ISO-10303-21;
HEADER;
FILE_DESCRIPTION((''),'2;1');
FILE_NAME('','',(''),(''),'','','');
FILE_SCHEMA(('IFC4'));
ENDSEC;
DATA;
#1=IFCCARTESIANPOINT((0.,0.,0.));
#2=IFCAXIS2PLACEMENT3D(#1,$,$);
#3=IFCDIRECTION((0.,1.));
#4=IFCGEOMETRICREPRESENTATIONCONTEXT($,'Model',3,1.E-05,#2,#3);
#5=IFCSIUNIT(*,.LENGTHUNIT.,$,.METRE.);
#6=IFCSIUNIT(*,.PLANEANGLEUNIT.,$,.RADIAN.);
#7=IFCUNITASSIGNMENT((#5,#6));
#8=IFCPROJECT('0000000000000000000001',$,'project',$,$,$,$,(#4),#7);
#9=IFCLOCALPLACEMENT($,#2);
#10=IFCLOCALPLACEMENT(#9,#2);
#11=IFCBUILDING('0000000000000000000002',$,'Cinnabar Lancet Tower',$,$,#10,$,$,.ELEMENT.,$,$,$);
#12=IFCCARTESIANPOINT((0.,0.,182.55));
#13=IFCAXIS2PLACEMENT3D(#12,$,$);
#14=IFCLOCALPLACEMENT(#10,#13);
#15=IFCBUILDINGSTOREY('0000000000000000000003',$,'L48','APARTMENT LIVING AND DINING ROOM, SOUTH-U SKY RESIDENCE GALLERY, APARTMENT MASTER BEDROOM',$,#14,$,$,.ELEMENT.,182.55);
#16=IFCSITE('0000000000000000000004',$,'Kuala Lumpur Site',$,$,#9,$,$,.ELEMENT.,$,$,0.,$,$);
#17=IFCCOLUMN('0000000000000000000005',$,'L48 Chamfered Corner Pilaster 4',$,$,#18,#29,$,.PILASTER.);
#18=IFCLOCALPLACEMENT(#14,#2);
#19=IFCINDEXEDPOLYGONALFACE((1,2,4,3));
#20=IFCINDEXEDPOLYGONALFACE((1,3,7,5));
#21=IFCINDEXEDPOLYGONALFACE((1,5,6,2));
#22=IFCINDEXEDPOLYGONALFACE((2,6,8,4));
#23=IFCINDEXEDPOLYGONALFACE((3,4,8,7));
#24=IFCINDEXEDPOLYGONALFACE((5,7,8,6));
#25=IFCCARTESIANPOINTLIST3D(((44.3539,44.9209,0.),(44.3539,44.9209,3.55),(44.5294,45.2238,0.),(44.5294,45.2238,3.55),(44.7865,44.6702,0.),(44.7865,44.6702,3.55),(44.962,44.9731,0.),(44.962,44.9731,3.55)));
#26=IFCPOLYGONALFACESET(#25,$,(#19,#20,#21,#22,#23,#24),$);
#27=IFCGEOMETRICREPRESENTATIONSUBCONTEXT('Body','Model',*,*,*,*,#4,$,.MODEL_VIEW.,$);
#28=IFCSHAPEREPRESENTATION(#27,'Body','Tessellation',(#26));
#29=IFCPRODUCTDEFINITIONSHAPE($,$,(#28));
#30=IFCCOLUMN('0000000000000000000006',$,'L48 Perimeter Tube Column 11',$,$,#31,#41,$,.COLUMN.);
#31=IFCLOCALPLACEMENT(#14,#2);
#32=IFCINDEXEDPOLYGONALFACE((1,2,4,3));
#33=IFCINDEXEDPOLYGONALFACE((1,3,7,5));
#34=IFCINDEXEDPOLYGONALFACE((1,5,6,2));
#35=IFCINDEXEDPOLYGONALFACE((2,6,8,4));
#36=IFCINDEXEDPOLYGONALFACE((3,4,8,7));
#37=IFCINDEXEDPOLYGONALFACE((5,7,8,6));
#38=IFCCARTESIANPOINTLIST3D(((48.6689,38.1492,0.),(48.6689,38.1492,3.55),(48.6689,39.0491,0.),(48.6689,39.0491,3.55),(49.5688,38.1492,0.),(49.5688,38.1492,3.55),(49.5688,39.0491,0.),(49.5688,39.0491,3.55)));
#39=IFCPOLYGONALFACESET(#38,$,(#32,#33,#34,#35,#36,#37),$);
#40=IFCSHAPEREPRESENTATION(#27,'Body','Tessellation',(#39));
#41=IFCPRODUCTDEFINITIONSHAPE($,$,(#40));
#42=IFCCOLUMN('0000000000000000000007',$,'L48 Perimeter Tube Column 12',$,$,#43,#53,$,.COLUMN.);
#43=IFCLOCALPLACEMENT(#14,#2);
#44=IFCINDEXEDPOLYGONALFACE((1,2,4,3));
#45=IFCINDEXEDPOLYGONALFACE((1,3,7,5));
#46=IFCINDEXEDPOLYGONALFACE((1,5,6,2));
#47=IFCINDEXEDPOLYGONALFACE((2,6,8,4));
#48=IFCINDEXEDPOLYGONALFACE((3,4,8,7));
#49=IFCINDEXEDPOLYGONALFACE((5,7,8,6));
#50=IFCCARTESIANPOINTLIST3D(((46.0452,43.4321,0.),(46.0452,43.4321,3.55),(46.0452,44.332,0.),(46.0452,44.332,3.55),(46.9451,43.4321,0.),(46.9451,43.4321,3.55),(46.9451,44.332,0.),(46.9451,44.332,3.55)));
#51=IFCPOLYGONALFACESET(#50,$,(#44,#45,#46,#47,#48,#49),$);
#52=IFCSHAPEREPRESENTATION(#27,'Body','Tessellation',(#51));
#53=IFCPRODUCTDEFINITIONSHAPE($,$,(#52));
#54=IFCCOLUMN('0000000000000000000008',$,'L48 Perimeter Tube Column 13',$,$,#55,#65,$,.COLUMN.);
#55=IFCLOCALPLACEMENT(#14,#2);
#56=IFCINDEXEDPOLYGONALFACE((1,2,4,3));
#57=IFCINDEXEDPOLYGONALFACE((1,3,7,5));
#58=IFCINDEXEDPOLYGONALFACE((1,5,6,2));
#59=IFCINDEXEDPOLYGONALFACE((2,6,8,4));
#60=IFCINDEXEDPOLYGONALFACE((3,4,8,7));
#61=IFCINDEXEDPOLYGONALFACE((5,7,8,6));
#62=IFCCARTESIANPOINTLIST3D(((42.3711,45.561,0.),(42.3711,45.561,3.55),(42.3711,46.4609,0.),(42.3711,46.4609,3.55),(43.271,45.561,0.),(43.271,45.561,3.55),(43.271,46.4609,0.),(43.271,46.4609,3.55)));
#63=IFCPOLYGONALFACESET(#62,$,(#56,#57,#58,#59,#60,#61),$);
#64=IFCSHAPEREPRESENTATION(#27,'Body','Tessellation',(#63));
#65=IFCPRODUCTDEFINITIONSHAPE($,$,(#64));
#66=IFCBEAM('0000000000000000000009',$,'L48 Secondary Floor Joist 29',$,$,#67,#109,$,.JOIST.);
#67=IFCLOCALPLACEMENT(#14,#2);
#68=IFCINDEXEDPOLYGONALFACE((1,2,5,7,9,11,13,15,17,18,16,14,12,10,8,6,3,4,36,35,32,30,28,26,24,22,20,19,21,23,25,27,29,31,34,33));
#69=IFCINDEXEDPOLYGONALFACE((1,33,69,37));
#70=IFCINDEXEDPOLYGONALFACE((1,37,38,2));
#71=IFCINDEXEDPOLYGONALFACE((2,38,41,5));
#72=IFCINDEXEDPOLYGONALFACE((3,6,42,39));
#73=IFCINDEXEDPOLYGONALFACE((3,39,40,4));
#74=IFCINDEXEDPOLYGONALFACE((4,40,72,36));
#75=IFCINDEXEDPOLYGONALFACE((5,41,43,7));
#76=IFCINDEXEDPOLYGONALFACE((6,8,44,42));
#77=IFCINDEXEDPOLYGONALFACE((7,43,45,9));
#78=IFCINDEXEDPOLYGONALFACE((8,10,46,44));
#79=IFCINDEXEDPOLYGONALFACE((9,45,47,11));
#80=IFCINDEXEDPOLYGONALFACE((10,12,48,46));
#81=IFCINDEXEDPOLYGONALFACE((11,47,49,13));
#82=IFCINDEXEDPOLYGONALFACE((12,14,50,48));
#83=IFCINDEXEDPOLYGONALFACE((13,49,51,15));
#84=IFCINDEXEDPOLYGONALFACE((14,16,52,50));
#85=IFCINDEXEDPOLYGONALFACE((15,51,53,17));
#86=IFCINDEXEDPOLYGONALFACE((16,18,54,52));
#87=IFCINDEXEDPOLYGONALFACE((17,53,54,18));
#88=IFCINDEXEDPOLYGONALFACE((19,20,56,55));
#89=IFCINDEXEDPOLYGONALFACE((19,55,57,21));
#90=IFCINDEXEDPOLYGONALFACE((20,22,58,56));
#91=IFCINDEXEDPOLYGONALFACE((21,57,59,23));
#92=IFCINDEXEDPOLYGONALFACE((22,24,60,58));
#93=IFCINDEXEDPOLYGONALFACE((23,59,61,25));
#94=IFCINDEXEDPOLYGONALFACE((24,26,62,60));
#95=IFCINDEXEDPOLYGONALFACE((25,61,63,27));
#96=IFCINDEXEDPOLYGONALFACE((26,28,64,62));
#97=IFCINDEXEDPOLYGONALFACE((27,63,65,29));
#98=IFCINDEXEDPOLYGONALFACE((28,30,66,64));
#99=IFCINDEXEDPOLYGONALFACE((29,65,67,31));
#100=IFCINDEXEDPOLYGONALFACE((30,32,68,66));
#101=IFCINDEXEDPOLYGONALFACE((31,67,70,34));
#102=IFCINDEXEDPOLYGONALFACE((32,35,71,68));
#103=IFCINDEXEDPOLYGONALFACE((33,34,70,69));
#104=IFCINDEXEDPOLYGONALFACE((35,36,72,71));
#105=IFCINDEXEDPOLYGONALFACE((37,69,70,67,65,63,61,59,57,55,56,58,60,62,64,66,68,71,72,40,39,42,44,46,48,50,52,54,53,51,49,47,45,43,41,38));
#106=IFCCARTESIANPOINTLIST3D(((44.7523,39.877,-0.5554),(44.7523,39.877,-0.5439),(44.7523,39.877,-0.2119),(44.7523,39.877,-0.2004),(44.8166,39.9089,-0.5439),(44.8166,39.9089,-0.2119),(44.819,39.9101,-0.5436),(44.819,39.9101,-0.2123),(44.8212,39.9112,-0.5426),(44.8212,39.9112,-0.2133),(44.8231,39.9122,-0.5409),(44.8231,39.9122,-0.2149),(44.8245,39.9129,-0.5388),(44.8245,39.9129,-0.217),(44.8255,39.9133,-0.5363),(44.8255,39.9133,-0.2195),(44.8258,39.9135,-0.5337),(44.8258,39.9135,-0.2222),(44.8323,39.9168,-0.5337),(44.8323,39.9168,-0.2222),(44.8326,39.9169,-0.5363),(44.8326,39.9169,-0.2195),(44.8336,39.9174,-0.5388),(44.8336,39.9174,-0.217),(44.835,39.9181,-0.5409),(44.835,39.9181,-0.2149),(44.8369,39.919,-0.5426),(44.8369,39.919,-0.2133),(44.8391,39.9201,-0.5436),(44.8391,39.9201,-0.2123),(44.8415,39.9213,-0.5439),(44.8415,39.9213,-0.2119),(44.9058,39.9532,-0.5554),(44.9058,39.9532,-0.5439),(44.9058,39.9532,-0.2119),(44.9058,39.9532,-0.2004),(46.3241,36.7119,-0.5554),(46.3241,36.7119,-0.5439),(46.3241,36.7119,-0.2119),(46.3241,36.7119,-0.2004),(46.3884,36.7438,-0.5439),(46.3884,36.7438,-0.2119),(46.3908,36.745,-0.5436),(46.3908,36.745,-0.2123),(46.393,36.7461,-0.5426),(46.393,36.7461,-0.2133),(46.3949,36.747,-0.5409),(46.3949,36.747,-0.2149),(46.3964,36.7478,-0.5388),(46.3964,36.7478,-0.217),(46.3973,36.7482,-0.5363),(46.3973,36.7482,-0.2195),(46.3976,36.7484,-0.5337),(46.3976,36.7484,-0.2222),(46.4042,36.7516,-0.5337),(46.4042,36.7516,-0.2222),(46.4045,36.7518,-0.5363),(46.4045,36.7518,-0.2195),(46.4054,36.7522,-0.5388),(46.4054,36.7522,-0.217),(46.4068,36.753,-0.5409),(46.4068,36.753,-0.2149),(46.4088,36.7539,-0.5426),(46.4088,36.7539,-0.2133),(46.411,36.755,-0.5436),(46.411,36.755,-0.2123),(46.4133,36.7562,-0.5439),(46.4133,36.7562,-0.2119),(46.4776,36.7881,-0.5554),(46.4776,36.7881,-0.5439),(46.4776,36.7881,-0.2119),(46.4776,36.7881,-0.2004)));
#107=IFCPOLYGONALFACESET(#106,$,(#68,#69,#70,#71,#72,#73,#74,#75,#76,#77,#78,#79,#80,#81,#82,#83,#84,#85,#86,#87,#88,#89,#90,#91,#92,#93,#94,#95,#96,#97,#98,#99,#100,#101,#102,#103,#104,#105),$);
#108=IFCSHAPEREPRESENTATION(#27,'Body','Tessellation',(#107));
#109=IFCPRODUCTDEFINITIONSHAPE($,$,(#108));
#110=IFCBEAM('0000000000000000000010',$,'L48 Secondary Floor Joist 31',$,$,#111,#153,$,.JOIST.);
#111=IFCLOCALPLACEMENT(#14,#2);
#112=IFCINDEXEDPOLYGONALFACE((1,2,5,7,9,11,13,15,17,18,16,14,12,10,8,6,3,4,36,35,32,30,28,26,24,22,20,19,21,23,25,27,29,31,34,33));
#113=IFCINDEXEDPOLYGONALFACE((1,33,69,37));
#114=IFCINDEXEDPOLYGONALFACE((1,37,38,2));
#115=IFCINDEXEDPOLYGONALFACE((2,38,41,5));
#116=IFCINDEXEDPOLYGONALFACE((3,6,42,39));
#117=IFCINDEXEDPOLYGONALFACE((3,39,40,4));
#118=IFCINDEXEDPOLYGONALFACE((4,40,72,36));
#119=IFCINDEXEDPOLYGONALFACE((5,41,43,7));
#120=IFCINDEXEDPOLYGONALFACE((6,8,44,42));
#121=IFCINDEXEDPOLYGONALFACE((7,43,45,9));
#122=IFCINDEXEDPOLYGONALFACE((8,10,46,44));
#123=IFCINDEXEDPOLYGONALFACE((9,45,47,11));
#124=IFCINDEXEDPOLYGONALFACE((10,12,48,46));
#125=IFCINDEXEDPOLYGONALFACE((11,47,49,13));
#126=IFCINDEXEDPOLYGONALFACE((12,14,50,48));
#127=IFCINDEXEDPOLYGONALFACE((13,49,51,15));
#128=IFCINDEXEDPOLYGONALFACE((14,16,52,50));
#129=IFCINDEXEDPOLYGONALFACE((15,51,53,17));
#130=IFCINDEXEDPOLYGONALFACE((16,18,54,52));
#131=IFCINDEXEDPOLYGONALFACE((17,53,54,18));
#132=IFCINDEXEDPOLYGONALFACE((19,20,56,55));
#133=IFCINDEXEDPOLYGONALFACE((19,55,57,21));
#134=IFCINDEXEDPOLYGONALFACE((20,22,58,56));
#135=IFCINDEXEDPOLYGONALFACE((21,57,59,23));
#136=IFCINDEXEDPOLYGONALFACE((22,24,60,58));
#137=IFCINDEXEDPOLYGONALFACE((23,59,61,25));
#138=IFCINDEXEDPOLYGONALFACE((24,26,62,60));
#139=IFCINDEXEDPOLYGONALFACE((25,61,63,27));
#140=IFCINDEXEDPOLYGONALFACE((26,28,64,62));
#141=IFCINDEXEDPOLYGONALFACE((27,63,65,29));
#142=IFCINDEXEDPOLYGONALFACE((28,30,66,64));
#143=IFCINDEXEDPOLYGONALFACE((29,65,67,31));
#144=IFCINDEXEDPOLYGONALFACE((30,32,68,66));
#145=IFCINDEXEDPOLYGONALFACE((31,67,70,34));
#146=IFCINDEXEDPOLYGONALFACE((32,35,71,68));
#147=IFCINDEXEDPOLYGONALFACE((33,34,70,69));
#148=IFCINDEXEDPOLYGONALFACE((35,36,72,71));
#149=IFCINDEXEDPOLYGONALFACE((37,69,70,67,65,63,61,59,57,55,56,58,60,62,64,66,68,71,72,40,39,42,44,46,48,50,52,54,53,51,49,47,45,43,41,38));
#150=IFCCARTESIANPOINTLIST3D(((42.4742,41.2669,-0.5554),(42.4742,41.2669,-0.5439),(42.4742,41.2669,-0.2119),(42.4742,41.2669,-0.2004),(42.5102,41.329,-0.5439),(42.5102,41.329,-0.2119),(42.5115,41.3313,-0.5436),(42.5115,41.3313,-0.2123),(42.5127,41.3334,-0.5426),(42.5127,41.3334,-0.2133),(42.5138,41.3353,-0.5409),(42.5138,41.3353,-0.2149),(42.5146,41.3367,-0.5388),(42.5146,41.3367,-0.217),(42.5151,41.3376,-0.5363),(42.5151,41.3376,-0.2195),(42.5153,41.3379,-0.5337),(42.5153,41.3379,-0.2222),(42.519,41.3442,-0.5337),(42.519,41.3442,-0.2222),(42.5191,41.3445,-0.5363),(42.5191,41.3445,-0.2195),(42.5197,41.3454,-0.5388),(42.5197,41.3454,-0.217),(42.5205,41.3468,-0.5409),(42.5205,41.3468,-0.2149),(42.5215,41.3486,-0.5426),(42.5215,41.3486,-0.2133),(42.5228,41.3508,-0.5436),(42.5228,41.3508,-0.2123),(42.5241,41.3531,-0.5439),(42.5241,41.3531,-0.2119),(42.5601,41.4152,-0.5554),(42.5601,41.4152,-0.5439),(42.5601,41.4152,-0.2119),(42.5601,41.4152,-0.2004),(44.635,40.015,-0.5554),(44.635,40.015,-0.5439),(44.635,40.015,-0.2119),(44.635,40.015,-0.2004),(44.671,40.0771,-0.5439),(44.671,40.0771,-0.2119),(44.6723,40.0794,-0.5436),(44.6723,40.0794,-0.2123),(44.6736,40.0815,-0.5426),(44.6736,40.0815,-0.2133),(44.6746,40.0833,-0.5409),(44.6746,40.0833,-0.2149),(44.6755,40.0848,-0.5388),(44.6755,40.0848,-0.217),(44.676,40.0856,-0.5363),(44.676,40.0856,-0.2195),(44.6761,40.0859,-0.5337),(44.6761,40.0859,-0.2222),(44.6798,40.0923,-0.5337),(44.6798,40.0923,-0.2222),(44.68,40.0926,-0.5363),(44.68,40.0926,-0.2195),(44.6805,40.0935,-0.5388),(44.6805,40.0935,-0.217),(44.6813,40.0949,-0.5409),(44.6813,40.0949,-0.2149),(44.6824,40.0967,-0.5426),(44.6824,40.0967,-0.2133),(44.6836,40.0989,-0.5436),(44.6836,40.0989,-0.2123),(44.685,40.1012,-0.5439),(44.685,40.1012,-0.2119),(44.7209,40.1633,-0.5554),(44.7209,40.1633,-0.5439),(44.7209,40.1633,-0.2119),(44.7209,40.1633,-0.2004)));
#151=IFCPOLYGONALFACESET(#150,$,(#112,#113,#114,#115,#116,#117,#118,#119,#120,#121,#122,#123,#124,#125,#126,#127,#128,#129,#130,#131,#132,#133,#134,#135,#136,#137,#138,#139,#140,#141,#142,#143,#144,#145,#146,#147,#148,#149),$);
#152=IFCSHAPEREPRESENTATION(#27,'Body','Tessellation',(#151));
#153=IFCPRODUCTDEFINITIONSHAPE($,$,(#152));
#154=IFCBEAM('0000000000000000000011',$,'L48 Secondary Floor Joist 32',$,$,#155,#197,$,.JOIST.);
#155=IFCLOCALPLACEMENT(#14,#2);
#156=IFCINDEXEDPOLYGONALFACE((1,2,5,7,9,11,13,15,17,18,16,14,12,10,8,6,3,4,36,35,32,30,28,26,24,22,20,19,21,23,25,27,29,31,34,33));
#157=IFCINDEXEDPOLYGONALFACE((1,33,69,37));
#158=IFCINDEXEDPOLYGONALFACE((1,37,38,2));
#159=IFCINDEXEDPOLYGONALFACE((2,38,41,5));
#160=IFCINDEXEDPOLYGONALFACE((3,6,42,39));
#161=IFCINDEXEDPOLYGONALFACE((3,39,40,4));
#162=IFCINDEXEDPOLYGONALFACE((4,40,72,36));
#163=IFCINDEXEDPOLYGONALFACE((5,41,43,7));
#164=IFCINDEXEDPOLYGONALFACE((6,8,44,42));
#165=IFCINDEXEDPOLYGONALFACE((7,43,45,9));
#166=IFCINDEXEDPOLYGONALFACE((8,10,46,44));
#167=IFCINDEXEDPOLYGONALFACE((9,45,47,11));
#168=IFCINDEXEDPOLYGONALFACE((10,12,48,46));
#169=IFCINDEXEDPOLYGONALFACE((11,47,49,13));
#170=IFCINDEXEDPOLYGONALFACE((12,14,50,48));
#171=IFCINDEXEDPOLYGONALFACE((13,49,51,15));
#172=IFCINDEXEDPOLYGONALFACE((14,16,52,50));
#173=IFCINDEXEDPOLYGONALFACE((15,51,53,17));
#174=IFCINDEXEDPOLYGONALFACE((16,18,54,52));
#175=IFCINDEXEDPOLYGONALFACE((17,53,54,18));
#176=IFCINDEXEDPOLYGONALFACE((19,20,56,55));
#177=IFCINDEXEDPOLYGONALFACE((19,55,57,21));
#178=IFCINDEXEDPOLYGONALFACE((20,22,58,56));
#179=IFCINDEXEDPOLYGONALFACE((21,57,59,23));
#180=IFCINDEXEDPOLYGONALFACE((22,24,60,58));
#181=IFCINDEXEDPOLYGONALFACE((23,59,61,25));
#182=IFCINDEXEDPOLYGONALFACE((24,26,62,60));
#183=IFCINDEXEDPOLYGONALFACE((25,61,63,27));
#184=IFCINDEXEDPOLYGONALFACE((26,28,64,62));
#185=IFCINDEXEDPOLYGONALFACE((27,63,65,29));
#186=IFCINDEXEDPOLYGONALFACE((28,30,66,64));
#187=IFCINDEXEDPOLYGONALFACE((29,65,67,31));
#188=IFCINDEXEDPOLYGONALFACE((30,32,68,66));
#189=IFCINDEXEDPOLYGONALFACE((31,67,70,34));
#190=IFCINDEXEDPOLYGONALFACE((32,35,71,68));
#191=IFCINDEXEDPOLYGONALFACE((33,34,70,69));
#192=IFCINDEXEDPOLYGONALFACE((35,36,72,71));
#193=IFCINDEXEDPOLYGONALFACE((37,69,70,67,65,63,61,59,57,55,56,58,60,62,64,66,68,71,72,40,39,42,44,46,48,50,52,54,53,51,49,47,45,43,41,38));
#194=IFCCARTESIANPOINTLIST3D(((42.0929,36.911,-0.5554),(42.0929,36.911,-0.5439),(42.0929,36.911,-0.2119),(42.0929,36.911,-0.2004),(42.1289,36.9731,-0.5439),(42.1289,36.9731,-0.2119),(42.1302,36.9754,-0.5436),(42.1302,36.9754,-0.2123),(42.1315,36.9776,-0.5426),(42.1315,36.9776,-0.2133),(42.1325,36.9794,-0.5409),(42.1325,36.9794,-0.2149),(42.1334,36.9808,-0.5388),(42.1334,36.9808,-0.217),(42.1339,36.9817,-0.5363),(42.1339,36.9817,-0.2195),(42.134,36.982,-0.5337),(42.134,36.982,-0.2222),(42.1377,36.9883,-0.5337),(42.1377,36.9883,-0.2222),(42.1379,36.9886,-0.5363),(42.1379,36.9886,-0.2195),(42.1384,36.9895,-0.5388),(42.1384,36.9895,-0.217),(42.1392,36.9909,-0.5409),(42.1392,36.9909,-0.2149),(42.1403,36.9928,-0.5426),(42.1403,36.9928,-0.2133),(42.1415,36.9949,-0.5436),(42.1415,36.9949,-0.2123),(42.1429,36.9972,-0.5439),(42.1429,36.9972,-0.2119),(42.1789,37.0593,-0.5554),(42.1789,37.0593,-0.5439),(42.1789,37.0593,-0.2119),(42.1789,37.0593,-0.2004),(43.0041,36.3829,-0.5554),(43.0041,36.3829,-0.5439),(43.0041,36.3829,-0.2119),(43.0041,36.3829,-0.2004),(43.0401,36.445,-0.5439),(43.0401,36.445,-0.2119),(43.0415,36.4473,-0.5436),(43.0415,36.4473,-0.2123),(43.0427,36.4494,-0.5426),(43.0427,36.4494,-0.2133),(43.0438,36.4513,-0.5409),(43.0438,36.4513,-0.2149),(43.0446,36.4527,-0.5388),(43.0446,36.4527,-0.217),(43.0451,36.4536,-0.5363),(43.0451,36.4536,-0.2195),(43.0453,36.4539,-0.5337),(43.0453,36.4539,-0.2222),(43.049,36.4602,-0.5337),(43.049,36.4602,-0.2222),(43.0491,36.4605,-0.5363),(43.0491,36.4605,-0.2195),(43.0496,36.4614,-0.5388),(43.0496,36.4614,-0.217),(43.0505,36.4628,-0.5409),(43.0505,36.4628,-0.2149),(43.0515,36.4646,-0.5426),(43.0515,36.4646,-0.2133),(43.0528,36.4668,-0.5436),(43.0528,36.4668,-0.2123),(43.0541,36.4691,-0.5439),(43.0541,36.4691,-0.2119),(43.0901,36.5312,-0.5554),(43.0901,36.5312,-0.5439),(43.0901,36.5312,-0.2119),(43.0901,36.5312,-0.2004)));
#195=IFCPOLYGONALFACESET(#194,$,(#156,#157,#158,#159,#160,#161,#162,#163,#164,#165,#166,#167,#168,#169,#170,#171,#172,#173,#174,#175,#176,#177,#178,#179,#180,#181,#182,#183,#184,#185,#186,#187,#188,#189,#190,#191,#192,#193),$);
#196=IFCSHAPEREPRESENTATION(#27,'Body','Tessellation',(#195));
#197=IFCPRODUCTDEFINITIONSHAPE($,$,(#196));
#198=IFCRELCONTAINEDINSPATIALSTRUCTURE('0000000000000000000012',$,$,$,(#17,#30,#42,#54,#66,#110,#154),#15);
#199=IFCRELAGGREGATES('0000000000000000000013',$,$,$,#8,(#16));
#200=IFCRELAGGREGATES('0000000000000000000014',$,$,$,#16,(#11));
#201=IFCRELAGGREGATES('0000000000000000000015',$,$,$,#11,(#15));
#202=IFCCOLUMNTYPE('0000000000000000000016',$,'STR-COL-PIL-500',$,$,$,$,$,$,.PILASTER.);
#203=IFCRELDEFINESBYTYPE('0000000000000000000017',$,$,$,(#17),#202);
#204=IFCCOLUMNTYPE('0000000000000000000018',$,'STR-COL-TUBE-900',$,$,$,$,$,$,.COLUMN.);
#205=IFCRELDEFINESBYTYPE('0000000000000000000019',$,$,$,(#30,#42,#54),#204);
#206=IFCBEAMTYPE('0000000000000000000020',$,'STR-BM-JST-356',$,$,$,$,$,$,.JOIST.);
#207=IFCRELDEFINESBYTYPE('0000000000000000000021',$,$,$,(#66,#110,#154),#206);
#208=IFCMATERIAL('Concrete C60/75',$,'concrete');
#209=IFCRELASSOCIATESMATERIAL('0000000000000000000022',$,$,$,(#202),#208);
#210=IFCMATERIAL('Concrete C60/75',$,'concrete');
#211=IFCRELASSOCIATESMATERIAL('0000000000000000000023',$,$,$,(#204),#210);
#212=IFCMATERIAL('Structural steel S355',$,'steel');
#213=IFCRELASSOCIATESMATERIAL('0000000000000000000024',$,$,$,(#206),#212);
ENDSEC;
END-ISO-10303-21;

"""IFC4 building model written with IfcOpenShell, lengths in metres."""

from ifc_helpers import new_model, si_unit, direction, frame, origin, origin_2d, place, context, subcontext, project, spatial, rectangle, i_section, extrude, material, material_profile, profile_set, type_object, element, save


model = new_model("IFC4")

# Units and contexts
model_context = context("Model", 3, precision=1e-05, world=origin(), true_north=direction((0.0, 1.0)))
body_context = subcontext(model_context, "Body", "Model", "MODEL_VIEW")
ifc_project = project(units=[si_unit("LENGTHUNIT", "METRE"), si_unit("PLANEANGLEUNIT", "RADIAN")], contexts=[model_context])

# Site, building, storey
site_placement = place(None, origin())
site = spatial("IfcSite", under=ifc_project, at=site_placement, Name="Kuala Lumpur Site", CompositionType="ELEMENT", RefElevation=0.0)
building_placement = place(site_placement, origin())
building = spatial("IfcBuilding", under=site, at=building_placement, Name="Cinnabar Lancet Tower", CompositionType="ELEMENT")
storey_placement = place(building_placement, frame((0.0, 0.0, 182.55)))
storey = spatial("IfcBuildingStorey", under=building, at=storey_placement, Name="L48", Description="APARTMENT LIVING AND DINING ROOM, SOUTH-U SKY RESIDENCE GALLERY, APARTMENT MASTER BEDROOM", CompositionType="ELEMENT", Elevation=182.55)

# Columns
ifc_material_1 = material(Name="Concrete C60/75", Category="concrete")
ifc_material_profile_1 = material_profile(ifc_material_1, rectangle(XDim=0.5, YDim=0.3501, at=origin_2d()), Name="RC-PIL 500x350")
ifc_profile_set_1 = profile_set([ifc_material_profile_1], Name="Concrete C60/75")
column_type_1 = type_object("IfcColumnType", Name="STR-COL-PIL-500", PredefinedType="PILASTER", material=ifc_profile_set_1)
column_placement = place(storey_placement, frame((44.658, 44.947, 0.0), z_axis=(0.0, 0.0, 1.0), x_axis=(-0.86523, 0.501375, 0.0)))
element("IfcColumn", 1, at=column_placement, inside=storey, type_object=column_type_1, Name="L48 Chamfered Corner Pilaster 4", PredefinedType="PILASTER", context=body_context, shape_type="SweptSolid", body=[
    extrude(rectangle(XDim=0.5, YDim=0.3501, at=origin_2d()), origin(), (0.0, 0.0, 1.0), 3.55),
])
ifc_material_2 = material(Name="Concrete C60/75", Category="concrete")
ifc_material_profile_2 = material_profile(ifc_material_2, rectangle(XDim=0.8999, YDim=0.8999, at=origin_2d()), Name="RC-COL 900x900")
ifc_profile_set_2 = profile_set([ifc_material_profile_2], Name="Concrete C60/75")
column_type_2 = type_object("IfcColumnType", Name="STR-COL-TUBE-900", PredefinedType="COLUMN", material=ifc_profile_set_2)
for number, where, z_axis, x_axis, name in (
    (2, (49.1189, 38.5991, 0.0), (0.0, 0.0, 1.0), (1.0, 0.0, 0.0), "L48 Perimeter Tube Column 11"),
    (3, (46.4951, 43.8821, 0.0), (0.0, 0.0, 1.0), (1.0, 0.0, 0.0), "L48 Perimeter Tube Column 12"),
    (4, (42.821, 46.011, 0.0), (0.0, 0.0, 1.0), (1.0, 0.0, 0.0), "L48 Perimeter Tube Column 13"),
):
    element("IfcColumn", number, at=place(storey_placement, frame(where, z_axis=z_axis, x_axis=x_axis)), inside=storey, type_object=column_type_2, Name=name, PredefinedType="COLUMN", context=body_context, shape_type="SweptSolid", body=[
        extrude(rectangle(XDim=0.8999, YDim=0.8999, at=origin_2d()), origin(), (0.0, 0.0, 1.0), 3.55),
    ])

# Beams
ifc_material_3 = material(Name="Structural steel S355", Category="steel")
ifc_material_profile_3 = material_profile(ifc_material_3, i_section(OverallWidth=0.1714, OverallDepth=0.355, WebThickness=0.0073, FlangeThickness=0.0115, FilletRadius=0.0103, at=origin_2d()), Name="UKB 356x171x51")
ifc_profile_set_3 = profile_set([ifc_material_profile_3], Name="Structural steel S355")
beam_type_1 = type_object("IfcBeamType", Name="STR-BM-JST-356", PredefinedType="JOIST", material=ifc_profile_set_3)
beam_1_placement = place(storey_placement, frame((46.4009, 36.75, -0.3779), z_axis=(-0.44478, 0.89564, 0.0), x_axis=(-0.89564, -0.44478, 0.0)))
element("IfcBeam", 5, at=beam_1_placement, inside=storey, type_object=beam_type_1, Name="L48 Secondary Floor Joist 29", PredefinedType="JOIST", context=body_context, shape_type="SweptSolid", body=[
    extrude(i_section(OverallWidth=0.1714, OverallDepth=0.355, WebThickness=0.0073, FlangeThickness=0.0115, FilletRadius=0.0103, at=origin_2d()), origin(), (0.0, 0.0, 1.0), 3.5339),
])
beam_2_placement = place(storey_placement, frame((44.678, 40.0891, -0.3779), z_axis=(-0.865268, 0.50131, 0.0), x_axis=(-0.50131, -0.865268, 0.0)))
element("IfcBeam", 6, at=beam_2_placement, inside=storey, type_object=beam_type_1, Name="L48 Secondary Floor Joist 31", PredefinedType="JOIST", context=body_context, shape_type="SweptSolid", body=[
    extrude(i_section(OverallWidth=0.1714, OverallDepth=0.355, WebThickness=0.0073, FlangeThickness=0.0115, FilletRadius=0.0103, at=origin_2d()), origin(), (0.0, 0.0, 1.0), 2.4973),
])
beam_3_placement = place(storey_placement, frame((43.0471, 36.457, -0.3779), z_axis=(-0.865188, 0.501447, 0.0), x_axis=(-0.501447, -0.865188, 0.0)))
element("IfcBeam", 7, at=beam_3_placement, inside=storey, type_object=beam_type_1, Name="L48 Secondary Floor Joist 32", PredefinedType="JOIST", context=body_context, shape_type="SweptSolid", body=[
    extrude(i_section(OverallWidth=0.1714, OverallDepth=0.355, WebThickness=0.0073, FlangeThickness=0.0115, FilletRadius=0.0103, at=origin_2d()), origin(), (0.0, 0.0, 1.0), 1.0532),
])

save(model, "model.ifc")
